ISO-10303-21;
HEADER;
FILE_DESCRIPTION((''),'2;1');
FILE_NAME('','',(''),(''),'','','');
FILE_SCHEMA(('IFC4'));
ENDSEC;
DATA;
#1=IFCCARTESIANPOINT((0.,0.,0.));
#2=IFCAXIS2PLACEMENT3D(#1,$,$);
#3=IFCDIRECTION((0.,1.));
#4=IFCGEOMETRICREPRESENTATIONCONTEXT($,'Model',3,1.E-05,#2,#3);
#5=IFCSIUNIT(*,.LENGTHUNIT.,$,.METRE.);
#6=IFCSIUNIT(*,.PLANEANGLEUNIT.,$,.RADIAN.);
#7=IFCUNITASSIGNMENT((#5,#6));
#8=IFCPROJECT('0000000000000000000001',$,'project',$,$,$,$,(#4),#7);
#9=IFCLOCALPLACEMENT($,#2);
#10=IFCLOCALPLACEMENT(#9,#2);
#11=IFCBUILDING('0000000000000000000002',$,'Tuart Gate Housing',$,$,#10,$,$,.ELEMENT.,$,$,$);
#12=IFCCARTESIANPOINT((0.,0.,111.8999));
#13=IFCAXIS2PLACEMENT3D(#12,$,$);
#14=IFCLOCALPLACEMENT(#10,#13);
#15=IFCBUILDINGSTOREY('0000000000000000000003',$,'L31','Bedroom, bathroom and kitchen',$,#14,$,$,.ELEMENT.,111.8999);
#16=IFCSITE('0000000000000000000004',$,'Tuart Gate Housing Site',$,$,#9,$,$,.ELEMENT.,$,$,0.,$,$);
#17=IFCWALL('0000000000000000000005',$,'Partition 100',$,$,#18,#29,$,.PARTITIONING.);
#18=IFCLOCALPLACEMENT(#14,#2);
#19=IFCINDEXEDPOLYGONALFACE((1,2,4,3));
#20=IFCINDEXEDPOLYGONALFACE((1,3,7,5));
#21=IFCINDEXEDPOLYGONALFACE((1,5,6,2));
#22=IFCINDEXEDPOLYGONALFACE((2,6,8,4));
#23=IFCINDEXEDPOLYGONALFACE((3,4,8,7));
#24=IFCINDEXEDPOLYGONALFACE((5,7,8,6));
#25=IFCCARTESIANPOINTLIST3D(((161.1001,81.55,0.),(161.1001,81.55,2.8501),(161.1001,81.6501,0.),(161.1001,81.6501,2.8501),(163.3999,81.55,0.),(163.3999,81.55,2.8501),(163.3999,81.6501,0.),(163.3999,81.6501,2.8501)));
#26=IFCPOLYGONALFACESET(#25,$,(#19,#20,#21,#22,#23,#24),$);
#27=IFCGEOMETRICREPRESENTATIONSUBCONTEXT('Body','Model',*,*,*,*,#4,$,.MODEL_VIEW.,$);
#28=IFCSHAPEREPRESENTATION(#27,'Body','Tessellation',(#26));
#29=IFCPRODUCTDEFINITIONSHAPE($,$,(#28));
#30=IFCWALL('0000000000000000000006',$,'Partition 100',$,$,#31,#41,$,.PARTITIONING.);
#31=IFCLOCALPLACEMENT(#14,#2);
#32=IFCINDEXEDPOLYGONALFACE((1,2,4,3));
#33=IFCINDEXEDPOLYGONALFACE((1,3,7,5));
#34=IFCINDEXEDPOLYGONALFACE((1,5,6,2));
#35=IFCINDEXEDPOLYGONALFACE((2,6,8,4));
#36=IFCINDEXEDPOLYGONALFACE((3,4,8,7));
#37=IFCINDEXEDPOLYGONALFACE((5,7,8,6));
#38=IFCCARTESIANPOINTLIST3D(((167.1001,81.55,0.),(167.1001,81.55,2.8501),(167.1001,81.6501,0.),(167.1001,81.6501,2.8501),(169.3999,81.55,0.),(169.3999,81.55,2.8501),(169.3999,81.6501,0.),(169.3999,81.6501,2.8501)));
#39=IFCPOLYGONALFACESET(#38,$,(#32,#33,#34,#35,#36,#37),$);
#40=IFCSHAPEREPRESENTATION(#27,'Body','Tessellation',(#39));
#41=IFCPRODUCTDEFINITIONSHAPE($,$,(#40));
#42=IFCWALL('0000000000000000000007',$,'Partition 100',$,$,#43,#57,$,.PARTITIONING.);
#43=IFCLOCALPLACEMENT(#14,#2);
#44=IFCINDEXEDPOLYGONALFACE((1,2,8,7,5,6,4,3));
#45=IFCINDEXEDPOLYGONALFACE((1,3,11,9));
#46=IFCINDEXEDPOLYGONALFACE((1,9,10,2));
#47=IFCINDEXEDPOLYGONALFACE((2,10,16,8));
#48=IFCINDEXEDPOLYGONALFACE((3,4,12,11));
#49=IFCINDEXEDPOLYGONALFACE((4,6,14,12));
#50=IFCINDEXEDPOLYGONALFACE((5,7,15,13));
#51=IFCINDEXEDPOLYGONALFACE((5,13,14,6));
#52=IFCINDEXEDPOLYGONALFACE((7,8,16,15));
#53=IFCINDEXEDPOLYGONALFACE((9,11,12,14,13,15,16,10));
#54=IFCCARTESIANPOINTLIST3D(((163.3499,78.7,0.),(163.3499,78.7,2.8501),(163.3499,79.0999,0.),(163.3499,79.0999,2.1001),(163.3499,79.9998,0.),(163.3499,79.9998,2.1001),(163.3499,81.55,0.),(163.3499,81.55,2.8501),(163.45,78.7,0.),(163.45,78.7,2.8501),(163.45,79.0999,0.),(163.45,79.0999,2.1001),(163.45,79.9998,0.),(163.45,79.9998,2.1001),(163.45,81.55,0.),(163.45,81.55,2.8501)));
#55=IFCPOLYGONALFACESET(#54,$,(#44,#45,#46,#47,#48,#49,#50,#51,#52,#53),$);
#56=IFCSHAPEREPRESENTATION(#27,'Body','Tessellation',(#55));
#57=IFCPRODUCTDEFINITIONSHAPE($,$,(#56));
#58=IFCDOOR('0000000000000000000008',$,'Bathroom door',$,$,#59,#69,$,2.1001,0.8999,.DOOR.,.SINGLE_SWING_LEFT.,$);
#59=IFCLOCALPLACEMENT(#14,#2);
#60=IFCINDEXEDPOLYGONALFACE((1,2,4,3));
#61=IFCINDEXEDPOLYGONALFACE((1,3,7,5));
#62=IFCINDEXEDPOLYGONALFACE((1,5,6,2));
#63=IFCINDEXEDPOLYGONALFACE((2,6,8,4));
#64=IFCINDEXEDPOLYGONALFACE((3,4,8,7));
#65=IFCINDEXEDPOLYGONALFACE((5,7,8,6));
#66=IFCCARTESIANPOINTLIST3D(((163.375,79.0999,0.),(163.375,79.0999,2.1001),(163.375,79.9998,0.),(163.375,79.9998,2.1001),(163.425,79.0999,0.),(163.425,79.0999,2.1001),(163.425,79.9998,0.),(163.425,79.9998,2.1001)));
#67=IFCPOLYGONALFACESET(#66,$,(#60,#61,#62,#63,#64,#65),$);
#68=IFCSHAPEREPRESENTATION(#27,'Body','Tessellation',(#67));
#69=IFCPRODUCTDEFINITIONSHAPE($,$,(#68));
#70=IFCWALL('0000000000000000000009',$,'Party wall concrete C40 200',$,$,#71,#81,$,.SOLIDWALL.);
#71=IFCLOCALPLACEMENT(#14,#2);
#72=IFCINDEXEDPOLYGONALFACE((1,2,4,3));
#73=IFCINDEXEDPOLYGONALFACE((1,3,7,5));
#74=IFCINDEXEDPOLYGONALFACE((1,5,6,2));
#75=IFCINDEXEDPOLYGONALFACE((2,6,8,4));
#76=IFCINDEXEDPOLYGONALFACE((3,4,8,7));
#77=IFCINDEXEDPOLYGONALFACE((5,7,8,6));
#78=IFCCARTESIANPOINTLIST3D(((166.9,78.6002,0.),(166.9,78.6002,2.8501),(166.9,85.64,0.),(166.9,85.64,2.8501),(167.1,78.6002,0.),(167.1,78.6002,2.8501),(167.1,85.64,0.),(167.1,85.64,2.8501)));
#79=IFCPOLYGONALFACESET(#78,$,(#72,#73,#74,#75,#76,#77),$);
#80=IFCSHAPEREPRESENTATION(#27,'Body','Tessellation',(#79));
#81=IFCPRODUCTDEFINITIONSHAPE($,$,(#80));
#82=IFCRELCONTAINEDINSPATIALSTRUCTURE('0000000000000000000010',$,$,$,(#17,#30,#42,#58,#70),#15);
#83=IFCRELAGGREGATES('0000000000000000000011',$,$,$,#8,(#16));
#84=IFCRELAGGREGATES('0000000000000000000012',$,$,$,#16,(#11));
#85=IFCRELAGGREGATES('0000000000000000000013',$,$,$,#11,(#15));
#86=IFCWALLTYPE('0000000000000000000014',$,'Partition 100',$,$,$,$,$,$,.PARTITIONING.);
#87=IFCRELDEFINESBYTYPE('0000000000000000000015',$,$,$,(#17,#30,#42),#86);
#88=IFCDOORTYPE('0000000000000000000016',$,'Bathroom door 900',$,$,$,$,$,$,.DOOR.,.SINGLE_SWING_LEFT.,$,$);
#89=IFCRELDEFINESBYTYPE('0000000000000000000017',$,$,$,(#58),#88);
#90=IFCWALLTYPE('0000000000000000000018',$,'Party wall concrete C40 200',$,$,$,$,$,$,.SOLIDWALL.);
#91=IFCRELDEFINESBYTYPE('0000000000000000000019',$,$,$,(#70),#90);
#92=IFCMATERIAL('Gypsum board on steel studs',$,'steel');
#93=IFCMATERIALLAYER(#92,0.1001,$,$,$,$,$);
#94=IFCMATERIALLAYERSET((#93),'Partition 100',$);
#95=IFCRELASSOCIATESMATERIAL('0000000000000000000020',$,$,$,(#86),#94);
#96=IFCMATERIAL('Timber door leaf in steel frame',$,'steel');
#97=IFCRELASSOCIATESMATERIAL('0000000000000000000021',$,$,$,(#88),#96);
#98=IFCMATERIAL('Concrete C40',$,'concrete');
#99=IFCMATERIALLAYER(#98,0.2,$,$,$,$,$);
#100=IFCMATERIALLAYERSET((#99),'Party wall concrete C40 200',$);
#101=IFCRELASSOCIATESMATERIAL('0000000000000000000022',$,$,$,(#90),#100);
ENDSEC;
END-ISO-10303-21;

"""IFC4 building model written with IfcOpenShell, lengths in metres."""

from ifc_helpers import new_model, si_unit, direction, frame, frame_2d, origin, place, context, subcontext, project, spatial, rectangle, extrude, material, layer, layer_set, type_object, element, fill, save


model = new_model("IFC4")

# Units and contexts
model_context = context("Model", 3, precision=1e-05, world=origin(), true_north=direction((0.0, 1.0)))
body_context = subcontext(model_context, "Body", "Model", "MODEL_VIEW")
ifc_project = project(units=[si_unit("LENGTHUNIT", "METRE"), si_unit("PLANEANGLEUNIT", "RADIAN")], contexts=[model_context])

# Site, building, storey
site_placement = place(None, origin())
site = spatial("IfcSite", under=ifc_project, at=site_placement, Name="Tuart Gate Housing Site", CompositionType="ELEMENT", RefElevation=0.0)
building_placement = place(site_placement, origin())
building = spatial("IfcBuilding", under=site, at=building_placement, Name="Tuart Gate Housing", CompositionType="ELEMENT")
storey_placement = place(building_placement, frame((0.0, 0.0, 111.8999)))
storey = spatial("IfcBuildingStorey", under=building, at=storey_placement, Name="L31", Description="Bedroom, bathroom and kitchen", CompositionType="ELEMENT", Elevation=111.8999)

# Walls
ifc_material_1 = material(Name="Gypsum board on steel studs", Category="steel")
ifc_layer_1 = layer(ifc_material_1, 0.1001)
ifc_layer_set_1 = layer_set([ifc_layer_1], Name="Partition 100")
wall_type_1 = type_object("IfcWallType", Name="Partition 100", PredefinedType="PARTITIONING", material=ifc_layer_set_1)
for number, where, z_axis, x_axis, name in (
    (1, (161.1001, 81.6001, 0.0), (0.0, 0.0, 1.0), (1.0, 0.0, 0.0), "Partition 100"),
    (2, (167.1001, 81.6001, 0.0), (0.0, 0.0, 1.0), (1.0, 0.0, 0.0), "Partition 100"),
):
    element("IfcWall", number, at=place(storey_placement, frame(where, z_axis=z_axis, x_axis=x_axis)), inside=storey, type_object=wall_type_1, Name=name, PredefinedType="PARTITIONING", context=body_context, shape_type="SweptSolid", body=[
        extrude(rectangle(XDim=2.2998, YDim=0.1001, at=frame_2d((1.1499, 0.0))), origin(), (0.0, 0.0, 1.0), 2.8501),
    ])

# Wall, opening, door
wall_1_placement = place(storey_placement, frame((163.3999, 78.7, 0.0), z_axis=(0.0, 0.0, 1.0), x_axis=(0.0, 1.0, 0.0)))
wall_1 = element("IfcWall", 3, at=wall_1_placement, inside=storey, type_object=wall_type_1, Name="Partition 100", PredefinedType="PARTITIONING", context=body_context, shape_type="SweptSolid", body=[
    extrude(rectangle(XDim=2.8501, YDim=0.1001, at=frame_2d((1.425, 0.0))), origin(), (0.0, 0.0, 1.0), 2.8501),
])
opening_placement = place(wall_1_placement, frame((0.3999, 0.0, 0.0)))
opening = element("IfcOpeningElement", 4, at=opening_placement, cuts=wall_1, PredefinedType="OPENING", context=body_context, shape_type="SweptSolid", body=[
    extrude(rectangle(XDim=0.8999, YDim=2.1001, at=frame_2d((0.45, 1.05))), frame((0.0, 0.0601, 0.0), z_axis=(0.0, -1.0, 0.0), x_axis=(1.0, 0.0, 0.0)), (0.0, 0.0, 1.0), 0.1201),
])
ifc_material_2 = material(Name="Timber door leaf in steel frame", Category="steel")
door_type = type_object("IfcDoorType", Name="Bathroom door 900", OperationType="SINGLE_SWING_LEFT", PredefinedType="DOOR", material=ifc_material_2)
door_placement = place(opening_placement, origin())
door = element("IfcDoor", 5, at=door_placement, inside=storey, type_object=door_type, Name="Bathroom door", OperationType="SINGLE_SWING_LEFT", OverallHeight=2.1001, OverallWidth=0.8999, PredefinedType="DOOR", context=body_context, shape_type="SweptSolid", body=[
    extrude(rectangle(XDim=0.8999, YDim=2.1001, at=frame_2d((0.45, 1.05))), frame((0.0, 0.0249, 0.0), z_axis=(0.0, -1.0, 0.0), x_axis=(1.0, 0.0, 0.0)), (0.0, 0.0, 1.0), 0.05),
])
fill(opening, door)

# Wall
ifc_material_3 = material(Name="Concrete C40", Category="concrete")
ifc_layer_2 = layer(ifc_material_3, 0.2)
ifc_layer_set_2 = layer_set([ifc_layer_2], Name="Party wall concrete C40 200")
wall_type_2 = type_object("IfcWallType", Name="Party wall concrete C40 200", PredefinedType="SOLIDWALL", material=ifc_layer_set_2)
wall_2_placement = place(storey_placement, frame((167.0, 78.6001, 0.0), z_axis=(0.0, 0.0, 1.0), x_axis=(0.0, 1.0, 0.0)))
element("IfcWall", 6, at=wall_2_placement, inside=storey, type_object=wall_type_2, Name="Party wall concrete C40 200", PredefinedType="SOLIDWALL", context=body_context, shape_type="SweptSolid", body=[
    extrude(rectangle(XDim=7.0398, YDim=0.2, at=frame_2d((3.52, 0.0))), origin(), (0.0, 0.0, 1.0), 2.8501),
])

save(model, "model.ifc")
